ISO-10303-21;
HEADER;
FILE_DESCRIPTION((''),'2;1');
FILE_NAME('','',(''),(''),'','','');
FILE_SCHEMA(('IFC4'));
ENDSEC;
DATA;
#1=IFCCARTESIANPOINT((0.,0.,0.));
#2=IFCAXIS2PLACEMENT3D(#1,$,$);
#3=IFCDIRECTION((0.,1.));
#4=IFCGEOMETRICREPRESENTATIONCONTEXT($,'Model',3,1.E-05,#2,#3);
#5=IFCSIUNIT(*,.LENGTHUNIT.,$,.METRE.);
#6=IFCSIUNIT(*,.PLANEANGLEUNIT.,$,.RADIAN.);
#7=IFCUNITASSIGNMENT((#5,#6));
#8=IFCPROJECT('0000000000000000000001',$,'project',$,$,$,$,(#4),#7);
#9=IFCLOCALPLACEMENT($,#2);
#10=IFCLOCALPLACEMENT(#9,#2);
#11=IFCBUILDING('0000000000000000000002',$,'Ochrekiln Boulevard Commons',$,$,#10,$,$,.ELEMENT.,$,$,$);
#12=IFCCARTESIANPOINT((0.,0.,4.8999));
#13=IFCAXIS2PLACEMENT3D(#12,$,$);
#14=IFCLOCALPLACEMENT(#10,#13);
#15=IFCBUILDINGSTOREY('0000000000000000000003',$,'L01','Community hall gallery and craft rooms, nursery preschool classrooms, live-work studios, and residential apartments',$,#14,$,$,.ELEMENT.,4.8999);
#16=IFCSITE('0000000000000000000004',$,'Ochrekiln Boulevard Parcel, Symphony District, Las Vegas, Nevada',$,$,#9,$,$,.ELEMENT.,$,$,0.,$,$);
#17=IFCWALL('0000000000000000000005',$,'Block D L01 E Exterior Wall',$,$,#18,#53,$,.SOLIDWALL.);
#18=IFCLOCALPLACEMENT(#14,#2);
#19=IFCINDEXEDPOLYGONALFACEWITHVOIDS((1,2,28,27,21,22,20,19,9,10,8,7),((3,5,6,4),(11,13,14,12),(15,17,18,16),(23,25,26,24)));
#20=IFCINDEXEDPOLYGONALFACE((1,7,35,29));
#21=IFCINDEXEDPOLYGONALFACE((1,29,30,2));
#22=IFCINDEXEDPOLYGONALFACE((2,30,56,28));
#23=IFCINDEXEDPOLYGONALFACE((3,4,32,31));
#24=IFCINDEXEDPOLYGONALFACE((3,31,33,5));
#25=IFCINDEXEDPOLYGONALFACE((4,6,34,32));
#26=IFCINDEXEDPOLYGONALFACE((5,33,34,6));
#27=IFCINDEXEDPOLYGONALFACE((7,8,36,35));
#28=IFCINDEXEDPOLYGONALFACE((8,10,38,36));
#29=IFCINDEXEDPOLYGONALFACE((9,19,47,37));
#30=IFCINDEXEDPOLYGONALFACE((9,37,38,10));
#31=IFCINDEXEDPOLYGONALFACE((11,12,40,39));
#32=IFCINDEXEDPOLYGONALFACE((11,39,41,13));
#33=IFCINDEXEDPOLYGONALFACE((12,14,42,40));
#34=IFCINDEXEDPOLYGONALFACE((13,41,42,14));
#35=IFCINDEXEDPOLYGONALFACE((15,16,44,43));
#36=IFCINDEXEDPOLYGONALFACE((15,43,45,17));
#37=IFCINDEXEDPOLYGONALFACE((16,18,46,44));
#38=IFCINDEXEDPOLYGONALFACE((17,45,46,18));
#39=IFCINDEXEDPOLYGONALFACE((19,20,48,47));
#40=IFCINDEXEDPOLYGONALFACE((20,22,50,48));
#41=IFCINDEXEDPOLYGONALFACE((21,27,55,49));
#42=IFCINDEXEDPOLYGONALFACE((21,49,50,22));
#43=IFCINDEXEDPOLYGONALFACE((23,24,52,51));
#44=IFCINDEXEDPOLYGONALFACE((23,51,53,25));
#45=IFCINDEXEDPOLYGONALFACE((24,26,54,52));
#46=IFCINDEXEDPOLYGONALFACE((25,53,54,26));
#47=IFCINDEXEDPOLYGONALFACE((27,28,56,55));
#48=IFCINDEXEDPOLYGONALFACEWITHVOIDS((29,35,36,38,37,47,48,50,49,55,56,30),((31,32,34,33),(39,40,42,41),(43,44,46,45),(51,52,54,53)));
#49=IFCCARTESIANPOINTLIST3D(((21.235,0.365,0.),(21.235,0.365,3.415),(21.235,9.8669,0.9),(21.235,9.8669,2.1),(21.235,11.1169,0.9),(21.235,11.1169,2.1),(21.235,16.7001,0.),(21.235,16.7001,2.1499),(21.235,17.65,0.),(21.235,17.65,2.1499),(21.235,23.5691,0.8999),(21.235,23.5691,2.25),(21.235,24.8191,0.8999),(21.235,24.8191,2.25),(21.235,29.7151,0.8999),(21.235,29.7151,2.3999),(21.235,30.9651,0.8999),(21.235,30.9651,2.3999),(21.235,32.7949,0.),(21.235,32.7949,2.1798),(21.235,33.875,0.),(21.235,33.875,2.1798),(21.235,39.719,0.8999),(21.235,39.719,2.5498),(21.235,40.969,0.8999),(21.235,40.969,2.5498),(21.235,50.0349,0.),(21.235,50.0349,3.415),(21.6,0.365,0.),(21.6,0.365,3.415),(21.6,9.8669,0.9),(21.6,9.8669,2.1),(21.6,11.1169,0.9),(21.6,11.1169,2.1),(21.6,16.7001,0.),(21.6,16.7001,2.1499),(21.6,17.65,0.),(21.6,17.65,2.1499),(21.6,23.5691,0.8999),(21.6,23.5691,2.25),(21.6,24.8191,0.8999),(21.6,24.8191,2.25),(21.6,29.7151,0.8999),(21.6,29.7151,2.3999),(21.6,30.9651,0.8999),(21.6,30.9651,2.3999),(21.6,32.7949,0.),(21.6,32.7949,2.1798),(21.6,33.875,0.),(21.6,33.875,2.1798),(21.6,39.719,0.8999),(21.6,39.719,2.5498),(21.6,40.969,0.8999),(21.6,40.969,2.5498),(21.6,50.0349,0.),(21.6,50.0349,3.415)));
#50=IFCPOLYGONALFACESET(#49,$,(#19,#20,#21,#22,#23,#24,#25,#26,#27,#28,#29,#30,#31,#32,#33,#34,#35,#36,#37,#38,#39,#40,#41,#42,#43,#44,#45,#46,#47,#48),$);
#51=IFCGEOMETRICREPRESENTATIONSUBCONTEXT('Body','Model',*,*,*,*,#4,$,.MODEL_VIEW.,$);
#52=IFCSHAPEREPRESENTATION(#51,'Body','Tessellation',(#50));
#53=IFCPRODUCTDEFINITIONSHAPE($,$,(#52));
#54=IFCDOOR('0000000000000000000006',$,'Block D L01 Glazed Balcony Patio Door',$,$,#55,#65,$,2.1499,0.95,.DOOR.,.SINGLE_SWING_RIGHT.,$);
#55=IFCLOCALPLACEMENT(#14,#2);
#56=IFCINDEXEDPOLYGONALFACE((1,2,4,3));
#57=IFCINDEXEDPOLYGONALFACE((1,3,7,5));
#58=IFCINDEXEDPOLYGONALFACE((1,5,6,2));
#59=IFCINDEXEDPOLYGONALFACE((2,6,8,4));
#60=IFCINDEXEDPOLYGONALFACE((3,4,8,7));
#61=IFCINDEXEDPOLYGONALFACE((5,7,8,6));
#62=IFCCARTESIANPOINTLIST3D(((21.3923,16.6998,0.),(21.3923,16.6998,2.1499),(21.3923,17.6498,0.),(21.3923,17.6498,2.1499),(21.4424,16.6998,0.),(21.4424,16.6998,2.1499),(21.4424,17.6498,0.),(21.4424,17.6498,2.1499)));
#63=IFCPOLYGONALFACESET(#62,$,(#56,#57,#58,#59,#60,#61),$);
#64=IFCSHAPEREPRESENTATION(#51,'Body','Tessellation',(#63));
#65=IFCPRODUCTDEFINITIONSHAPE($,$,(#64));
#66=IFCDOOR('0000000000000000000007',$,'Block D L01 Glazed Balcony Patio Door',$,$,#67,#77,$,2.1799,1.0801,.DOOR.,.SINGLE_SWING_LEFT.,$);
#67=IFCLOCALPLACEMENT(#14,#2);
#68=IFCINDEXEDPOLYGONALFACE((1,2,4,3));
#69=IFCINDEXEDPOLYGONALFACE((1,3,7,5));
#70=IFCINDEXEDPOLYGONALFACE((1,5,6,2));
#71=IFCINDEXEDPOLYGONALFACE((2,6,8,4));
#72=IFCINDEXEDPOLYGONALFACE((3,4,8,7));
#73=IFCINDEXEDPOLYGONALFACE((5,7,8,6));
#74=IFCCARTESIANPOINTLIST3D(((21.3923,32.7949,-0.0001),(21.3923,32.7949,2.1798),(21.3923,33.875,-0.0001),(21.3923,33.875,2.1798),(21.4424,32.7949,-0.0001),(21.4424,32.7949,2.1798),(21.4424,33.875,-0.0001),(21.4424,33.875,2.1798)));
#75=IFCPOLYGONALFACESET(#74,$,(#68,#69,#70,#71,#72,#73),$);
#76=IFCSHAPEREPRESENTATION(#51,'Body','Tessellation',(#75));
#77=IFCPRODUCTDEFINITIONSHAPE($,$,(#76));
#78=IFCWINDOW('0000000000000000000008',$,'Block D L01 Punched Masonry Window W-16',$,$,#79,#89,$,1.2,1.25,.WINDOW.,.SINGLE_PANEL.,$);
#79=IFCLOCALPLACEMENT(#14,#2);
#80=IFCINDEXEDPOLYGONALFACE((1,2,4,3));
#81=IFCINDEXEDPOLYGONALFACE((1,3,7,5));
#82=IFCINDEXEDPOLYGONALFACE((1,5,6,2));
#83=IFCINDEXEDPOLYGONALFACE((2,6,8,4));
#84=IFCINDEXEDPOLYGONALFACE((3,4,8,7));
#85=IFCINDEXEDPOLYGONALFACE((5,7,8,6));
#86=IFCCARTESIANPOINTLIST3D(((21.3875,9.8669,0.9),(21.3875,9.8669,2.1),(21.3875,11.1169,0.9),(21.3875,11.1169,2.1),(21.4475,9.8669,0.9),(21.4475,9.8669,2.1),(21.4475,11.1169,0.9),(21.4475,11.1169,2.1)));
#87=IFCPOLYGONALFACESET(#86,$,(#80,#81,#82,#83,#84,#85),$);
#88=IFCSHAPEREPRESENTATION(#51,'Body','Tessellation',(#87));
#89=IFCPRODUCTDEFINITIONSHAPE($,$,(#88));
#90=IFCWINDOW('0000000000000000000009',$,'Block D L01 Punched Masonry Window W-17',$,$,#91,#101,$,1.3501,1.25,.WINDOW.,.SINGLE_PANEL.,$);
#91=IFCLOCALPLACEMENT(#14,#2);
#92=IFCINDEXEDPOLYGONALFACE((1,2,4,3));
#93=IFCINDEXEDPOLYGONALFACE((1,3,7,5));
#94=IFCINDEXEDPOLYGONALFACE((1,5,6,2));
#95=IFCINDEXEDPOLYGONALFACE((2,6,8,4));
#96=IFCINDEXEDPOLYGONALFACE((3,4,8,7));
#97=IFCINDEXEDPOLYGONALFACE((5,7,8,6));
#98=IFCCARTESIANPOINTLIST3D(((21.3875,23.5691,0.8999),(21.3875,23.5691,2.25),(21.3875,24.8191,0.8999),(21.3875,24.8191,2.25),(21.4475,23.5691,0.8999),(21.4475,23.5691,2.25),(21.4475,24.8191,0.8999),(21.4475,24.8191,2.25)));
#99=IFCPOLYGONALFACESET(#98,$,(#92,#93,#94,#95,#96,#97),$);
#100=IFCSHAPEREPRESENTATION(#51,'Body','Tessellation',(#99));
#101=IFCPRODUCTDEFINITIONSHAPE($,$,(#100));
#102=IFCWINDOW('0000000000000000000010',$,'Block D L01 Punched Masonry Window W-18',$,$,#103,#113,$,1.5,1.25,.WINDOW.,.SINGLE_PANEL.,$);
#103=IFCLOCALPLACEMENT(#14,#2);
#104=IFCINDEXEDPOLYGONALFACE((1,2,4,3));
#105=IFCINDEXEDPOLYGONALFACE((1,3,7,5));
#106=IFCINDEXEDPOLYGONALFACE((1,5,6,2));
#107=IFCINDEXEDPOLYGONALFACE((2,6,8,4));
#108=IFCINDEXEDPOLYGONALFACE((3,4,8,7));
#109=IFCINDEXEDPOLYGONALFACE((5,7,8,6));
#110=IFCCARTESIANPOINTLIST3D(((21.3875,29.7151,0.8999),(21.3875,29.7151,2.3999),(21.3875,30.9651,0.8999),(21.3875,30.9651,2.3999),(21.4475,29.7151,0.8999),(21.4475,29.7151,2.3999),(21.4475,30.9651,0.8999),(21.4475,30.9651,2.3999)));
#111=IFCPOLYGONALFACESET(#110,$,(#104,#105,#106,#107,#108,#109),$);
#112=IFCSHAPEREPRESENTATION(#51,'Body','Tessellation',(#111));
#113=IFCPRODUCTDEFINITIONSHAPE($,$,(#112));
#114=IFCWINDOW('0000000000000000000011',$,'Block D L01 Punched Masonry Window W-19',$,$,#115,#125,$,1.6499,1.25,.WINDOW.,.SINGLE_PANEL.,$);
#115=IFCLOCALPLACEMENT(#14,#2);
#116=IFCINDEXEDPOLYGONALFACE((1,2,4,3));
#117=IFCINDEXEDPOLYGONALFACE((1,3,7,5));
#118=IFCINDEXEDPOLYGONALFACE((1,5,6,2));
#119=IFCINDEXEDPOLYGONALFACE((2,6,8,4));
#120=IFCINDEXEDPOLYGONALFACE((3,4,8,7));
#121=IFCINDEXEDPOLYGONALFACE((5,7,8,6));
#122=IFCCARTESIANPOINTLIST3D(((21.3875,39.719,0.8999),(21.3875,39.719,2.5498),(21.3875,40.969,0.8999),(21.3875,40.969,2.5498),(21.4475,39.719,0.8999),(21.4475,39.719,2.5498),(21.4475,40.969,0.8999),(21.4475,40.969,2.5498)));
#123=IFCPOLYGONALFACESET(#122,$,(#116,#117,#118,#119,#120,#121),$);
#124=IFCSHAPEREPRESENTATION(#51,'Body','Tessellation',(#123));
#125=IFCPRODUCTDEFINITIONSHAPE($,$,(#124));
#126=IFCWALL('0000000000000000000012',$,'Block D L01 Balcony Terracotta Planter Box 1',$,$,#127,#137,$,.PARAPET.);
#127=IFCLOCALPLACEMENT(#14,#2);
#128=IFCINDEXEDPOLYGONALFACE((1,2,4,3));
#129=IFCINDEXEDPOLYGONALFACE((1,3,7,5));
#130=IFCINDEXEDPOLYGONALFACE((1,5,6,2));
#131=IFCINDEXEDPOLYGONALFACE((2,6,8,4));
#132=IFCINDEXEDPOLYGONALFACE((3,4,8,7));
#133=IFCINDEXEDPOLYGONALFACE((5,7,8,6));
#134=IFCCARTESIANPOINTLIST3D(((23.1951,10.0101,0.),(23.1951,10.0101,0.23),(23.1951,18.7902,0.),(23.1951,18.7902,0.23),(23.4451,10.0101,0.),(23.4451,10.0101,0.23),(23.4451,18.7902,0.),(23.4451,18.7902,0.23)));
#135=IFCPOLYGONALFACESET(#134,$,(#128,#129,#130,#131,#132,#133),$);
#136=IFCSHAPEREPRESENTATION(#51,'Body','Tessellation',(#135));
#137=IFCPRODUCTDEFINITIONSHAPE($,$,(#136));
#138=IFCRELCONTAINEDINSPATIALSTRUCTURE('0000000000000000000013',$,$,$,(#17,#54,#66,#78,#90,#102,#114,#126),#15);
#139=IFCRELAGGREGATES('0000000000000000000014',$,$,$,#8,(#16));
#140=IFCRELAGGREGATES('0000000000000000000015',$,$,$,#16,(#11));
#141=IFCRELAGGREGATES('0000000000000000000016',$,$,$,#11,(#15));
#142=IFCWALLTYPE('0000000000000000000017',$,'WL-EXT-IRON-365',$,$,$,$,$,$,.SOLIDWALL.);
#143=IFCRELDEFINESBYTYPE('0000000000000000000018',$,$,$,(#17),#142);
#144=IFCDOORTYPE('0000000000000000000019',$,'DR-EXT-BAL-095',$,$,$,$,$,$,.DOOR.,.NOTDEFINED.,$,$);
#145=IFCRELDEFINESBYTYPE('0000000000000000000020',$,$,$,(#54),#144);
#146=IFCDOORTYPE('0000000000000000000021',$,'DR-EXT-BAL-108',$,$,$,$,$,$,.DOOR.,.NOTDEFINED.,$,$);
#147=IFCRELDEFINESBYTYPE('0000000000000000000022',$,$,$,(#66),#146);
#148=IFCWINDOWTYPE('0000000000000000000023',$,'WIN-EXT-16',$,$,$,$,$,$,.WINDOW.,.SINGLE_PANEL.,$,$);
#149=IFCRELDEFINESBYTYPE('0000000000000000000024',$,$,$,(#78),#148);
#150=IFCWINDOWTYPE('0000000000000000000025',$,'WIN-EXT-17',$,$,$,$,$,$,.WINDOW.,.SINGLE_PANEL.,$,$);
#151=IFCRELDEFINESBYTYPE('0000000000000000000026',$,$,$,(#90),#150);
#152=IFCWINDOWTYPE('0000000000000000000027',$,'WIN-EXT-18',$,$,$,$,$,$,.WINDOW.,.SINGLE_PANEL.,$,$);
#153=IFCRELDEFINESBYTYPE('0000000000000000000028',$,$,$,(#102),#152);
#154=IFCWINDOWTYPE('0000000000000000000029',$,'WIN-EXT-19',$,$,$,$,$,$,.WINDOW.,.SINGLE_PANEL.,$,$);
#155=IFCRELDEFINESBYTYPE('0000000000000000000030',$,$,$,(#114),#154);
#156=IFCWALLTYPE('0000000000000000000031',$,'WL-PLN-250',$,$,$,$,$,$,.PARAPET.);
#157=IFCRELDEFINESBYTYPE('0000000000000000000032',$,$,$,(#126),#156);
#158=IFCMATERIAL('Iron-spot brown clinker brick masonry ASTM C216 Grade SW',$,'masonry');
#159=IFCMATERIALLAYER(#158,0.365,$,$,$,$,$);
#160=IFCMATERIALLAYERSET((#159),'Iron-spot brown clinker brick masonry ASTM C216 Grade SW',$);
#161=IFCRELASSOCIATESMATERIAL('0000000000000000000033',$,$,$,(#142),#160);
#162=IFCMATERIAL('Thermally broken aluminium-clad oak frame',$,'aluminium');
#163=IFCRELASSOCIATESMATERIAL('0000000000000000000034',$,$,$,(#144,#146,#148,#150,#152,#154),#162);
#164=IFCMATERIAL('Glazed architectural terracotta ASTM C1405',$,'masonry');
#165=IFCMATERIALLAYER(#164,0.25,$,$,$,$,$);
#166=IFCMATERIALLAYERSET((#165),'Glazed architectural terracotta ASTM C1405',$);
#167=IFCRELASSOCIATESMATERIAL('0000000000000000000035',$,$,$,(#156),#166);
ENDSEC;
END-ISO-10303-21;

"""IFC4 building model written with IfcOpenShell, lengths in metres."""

from ifc_helpers import new_model, si_unit, direction, frame, frame_2d, origin, place, context, subcontext, project, spatial, rectangle, extrude, material, layer, layer_set, type_object, element, fill, save


model = new_model("IFC4")

# Units and contexts
model_context = context("Model", 3, precision=1e-05, world=origin(), true_north=direction((0.0, 1.0)))
body_context = subcontext(model_context, "Body", "Model", "MODEL_VIEW")
ifc_project = project(units=[si_unit("LENGTHUNIT", "METRE"), si_unit("PLANEANGLEUNIT", "RADIAN")], contexts=[model_context])

# Site, building, storey
site_placement = place(None, origin())
site = spatial("IfcSite", under=ifc_project, at=site_placement, Name="Ochrekiln Boulevard Parcel, Symphony District, Las Vegas, Nevada", CompositionType="ELEMENT", RefElevation=0.0)
building_placement = place(site_placement, origin())
building = spatial("IfcBuilding", under=site, at=building_placement, Name="Ochrekiln Boulevard Commons", CompositionType="ELEMENT")
storey_placement = place(building_placement, frame((0.0, 0.0, 4.8999)))
storey = spatial("IfcBuildingStorey", under=building, at=storey_placement, Name="L01", Description="Community hall gallery and craft rooms, nursery preschool classrooms, live-work studios, and residential apartments", CompositionType="ELEMENT", Elevation=4.8999)

# Shared definitions
ifc_material_1 = material(Name="Thermally broken aluminium-clad oak frame", Category="aluminium")

# Wall, openings, doors, windows
ifc_material_2 = material(Name="Iron-spot brown clinker brick masonry ASTM C216 Grade SW", Category="masonry")
ifc_layer_1 = layer(ifc_material_2, 0.365)
ifc_layer_set_1 = layer_set([ifc_layer_1], Name="Iron-spot brown clinker brick masonry ASTM C216 Grade SW")
wall_type_1 = type_object("IfcWallType", Name="WL-EXT-IRON-365", PredefinedType="SOLIDWALL", material=ifc_layer_set_1)
wall_1_placement = place(storey_placement, frame((21.4175, 0.365, 0.0), z_axis=(0.0, 0.0, 1.0), x_axis=(0.0, 1.0, 0.0)))
wall_1 = element("IfcWall", 1, at=wall_1_placement, inside=storey, type_object=wall_type_1, Name="Block D L01 E Exterior Wall", PredefinedType="SOLIDWALL", context=body_context, shape_type="SweptSolid", body=[
    extrude(rectangle(XDim=49.6699, YDim=0.365, at=frame_2d((24.835, 0.0))), origin(), (0.0, 0.0, 1.0), 3.415),
])
opening_1_placement = place(wall_1_placement, frame((16.335, 0.0, 0.0)))
opening_1 = element("IfcOpeningElement", 2, at=opening_1_placement, cuts=wall_1, PredefinedType="OPENING", context=body_context, shape_type="SweptSolid", body=[
    extrude(rectangle(XDim=0.95, YDim=2.1499, at=frame_2d((0.4751, 1.075))), frame((0.0, 0.1924, 0.0), z_axis=(0.0, -1.0, 0.0), x_axis=(1.0, 0.0, 0.0)), (0.0, 0.0, 1.0), 0.385),
])
opening_2_placement = place(wall_1_placement, frame((9.502, 0.0, 0.8999)))
opening_2 = element("IfcOpeningElement", 3, at=opening_2_placement, cuts=wall_1, PredefinedType="OPENING", context=body_context, shape_type="SweptSolid", body=[
    extrude(rectangle(XDim=1.25, YDim=1.2, at=frame_2d((0.625, 0.6001))), frame((0.0, 0.1924, 0.0), z_axis=(0.0, -1.0, 0.0), x_axis=(1.0, 0.0, 0.0)), (0.0, 0.0, 1.0), 0.385),
])
opening_3_placement = place(wall_1_placement, frame((23.2041, 0.0, 0.8999)))
opening_3 = element("IfcOpeningElement", 4, at=opening_3_placement, cuts=wall_1, PredefinedType="OPENING", context=body_context, shape_type="SweptSolid", body=[
    extrude(rectangle(XDim=1.25, YDim=1.3501, at=frame_2d((0.625, 0.675))), frame((0.0, 0.1924, 0.0), z_axis=(0.0, -1.0, 0.0), x_axis=(1.0, 0.0, 0.0)), (0.0, 0.0, 1.0), 0.385),
])
opening_4_placement = place(wall_1_placement, frame((32.4299, 0.0, 0.0)))
opening_4 = element("IfcOpeningElement", 5, at=opening_4_placement, cuts=wall_1, PredefinedType="OPENING", context=body_context, shape_type="SweptSolid", body=[
    extrude(rectangle(XDim=1.0801, YDim=2.1799, at=frame_2d((0.54, 1.0898))), frame((0.0, 0.1924, 0.0), z_axis=(0.0, -1.0, 0.0), x_axis=(1.0, 0.0, 0.0)), (0.0, 0.0, 1.0), 0.385),
])
opening_5_placement = place(wall_1_placement, frame((29.3501, 0.0, 0.8999)))
opening_5 = element("IfcOpeningElement", 6, at=opening_5_placement, cuts=wall_1, PredefinedType="OPENING", context=body_context, shape_type="SweptSolid", body=[
    extrude(rectangle(XDim=1.25, YDim=1.5, at=frame_2d((0.625, 0.75))), frame((0.0, 0.1924, 0.0), z_axis=(0.0, -1.0, 0.0), x_axis=(1.0, 0.0, 0.0)), (0.0, 0.0, 1.0), 0.385),
])
opening_6_placement = place(wall_1_placement, frame((39.354, 0.0, 0.8999)))
opening_6 = element("IfcOpeningElement", 7, at=opening_6_placement, cuts=wall_1, PredefinedType="OPENING", context=body_context, shape_type="SweptSolid", body=[
    extrude(rectangle(XDim=1.25, YDim=1.6499, at=frame_2d((0.625, 0.825))), frame((0.0, 0.1924, 0.0), z_axis=(0.0, -1.0, 0.0), x_axis=(1.0, 0.0, 0.0)), (0.0, 0.0, 1.0), 0.385),
])
door_type_1 = type_object("IfcDoorType", Name="DR-EXT-BAL-095", OperationType="NOTDEFINED", PredefinedType="DOOR", material=ifc_material_1)
door_1_placement = place(opening_1_placement, frame((0.95, 0.0, 0.0), z_axis=(0.0, 0.0, 1.0), x_axis=(-1.0, 0.0, 0.0)))
door_1 = element("IfcDoor", 8, at=door_1_placement, inside=storey, type_object=door_type_1, Name="Block D L01 Glazed Balcony Patio Door", OperationType="SINGLE_SWING_RIGHT", OverallHeight=2.1499, OverallWidth=0.95, PredefinedType="DOOR", context=body_context, shape_type="SweptSolid", body=[
    extrude(rectangle(XDim=0.95, YDim=2.1499, at=frame_2d((0.4751, 1.075))), frame((0.0, 0.0249, 0.0), z_axis=(0.0, -1.0, 0.0), x_axis=(1.0, 0.0, 0.0)), (0.0, 0.0, 1.0), 0.05),
])
fill(opening_1, door_1)
door_type_2 = type_object("IfcDoorType", Name="DR-EXT-BAL-108", OperationType="NOTDEFINED", PredefinedType="DOOR", material=ifc_material_1)
door_2_placement = place(opening_4_placement, frame((1.0801, 0.0, 0.0), z_axis=(0.0, 0.0, 1.0), x_axis=(-1.0, 0.0, 0.0)))
door_2 = element("IfcDoor", 9, at=door_2_placement, inside=storey, type_object=door_type_2, Name="Block D L01 Glazed Balcony Patio Door", OperationType="SINGLE_SWING_LEFT", OverallHeight=2.1799, OverallWidth=1.0801, PredefinedType="DOOR", context=body_context, shape_type="SweptSolid", body=[
    extrude(rectangle(XDim=1.0801, YDim=2.1799, at=frame_2d((0.54, 1.0898))), frame((0.0, 0.0249, 0.0), z_axis=(0.0, -1.0, 0.0), x_axis=(1.0, 0.0, 0.0)), (0.0, 0.0, 1.0), 0.05),
])
fill(opening_4, door_2)
window_type_1 = type_object("IfcWindowType", Name="WIN-EXT-16", PartitioningType="SINGLE_PANEL", PredefinedType="WINDOW", material=ifc_material_1)
window_1_placement = place(opening_2_placement, origin())
window_1 = element("IfcWindow", 10, at=window_1_placement, inside=storey, type_object=window_type_1, Name="Block D L01 Punched Masonry Window W-16", OverallHeight=1.2, OverallWidth=1.25, PartitioningType="SINGLE_PANEL", PredefinedType="WINDOW", context=body_context, shape_type="SweptSolid", body=[
    extrude(rectangle(XDim=1.25, YDim=1.2, at=frame_2d((0.625, 0.6001))), frame((0.0, 0.03, 0.0), z_axis=(0.0, -1.0, 0.0), x_axis=(1.0, 0.0, 0.0)), (0.0, 0.0, 1.0), 0.0601),
])
fill(opening_2, window_1)
window_type_2 = type_object("IfcWindowType", Name="WIN-EXT-17", PartitioningType="SINGLE_PANEL", PredefinedType="WINDOW", material=ifc_material_1)
window_2_placement = place(opening_3_placement, origin())
window_2 = element("IfcWindow", 11, at=window_2_placement, inside=storey, type_object=window_type_2, Name="Block D L01 Punched Masonry Window W-17", OverallHeight=1.3501, OverallWidth=1.25, PartitioningType="SINGLE_PANEL", PredefinedType="WINDOW", context=body_context, shape_type="SweptSolid", body=[
    extrude(rectangle(XDim=1.25, YDim=1.3501, at=frame_2d((0.625, 0.675))), frame((0.0, 0.03, 0.0), z_axis=(0.0, -1.0, 0.0), x_axis=(1.0, 0.0, 0.0)), (0.0, 0.0, 1.0), 0.0601),
])
fill(opening_3, window_2)
window_type_3 = type_object("IfcWindowType", Name="WIN-EXT-18", PartitioningType="SINGLE_PANEL", PredefinedType="WINDOW", material=ifc_material_1)
window_3_placement = place(opening_5_placement, origin())
window_3 = element("IfcWindow", 12, at=window_3_placement, inside=storey, type_object=window_type_3, Name="Block D L01 Punched Masonry Window W-18", OverallHeight=1.5, OverallWidth=1.25, PartitioningType="SINGLE_PANEL", PredefinedType="WINDOW", context=body_context, shape_type="SweptSolid", body=[
    extrude(rectangle(XDim=1.25, YDim=1.5, at=frame_2d((0.625, 0.75))), frame((0.0, 0.03, 0.0), z_axis=(0.0, -1.0, 0.0), x_axis=(1.0, 0.0, 0.0)), (0.0, 0.0, 1.0), 0.0601),
])
fill(opening_5, window_3)
window_type_4 = type_object("IfcWindowType", Name="WIN-EXT-19", PartitioningType="SINGLE_PANEL", PredefinedType="WINDOW", material=ifc_material_1)
window_4_placement = place(opening_6_placement, origin())
window_4 = element("IfcWindow", 13, at=window_4_placement, inside=storey, type_object=window_type_4, Name="Block D L01 Punched Masonry Window W-19", OverallHeight=1.6499, OverallWidth=1.25, PartitioningType="SINGLE_PANEL", PredefinedType="WINDOW", context=body_context, shape_type="SweptSolid", body=[
    extrude(rectangle(XDim=1.25, YDim=1.6499, at=frame_2d((0.625, 0.825))), frame((0.0, 0.03, 0.0), z_axis=(0.0, -1.0, 0.0), x_axis=(1.0, 0.0, 0.0)), (0.0, 0.0, 1.0), 0.0601),
])
fill(opening_6, window_4)

# Wall
ifc_material_3 = material(Name="Glazed architectural terracotta ASTM C1405", Category="masonry")
ifc_layer_2 = layer(ifc_material_3, 0.25)
ifc_layer_set_2 = layer_set([ifc_layer_2], Name="Glazed architectural terracotta ASTM C1405")
wall_type_2 = type_object("IfcWallType", Name="WL-PLN-250", PredefinedType="PARAPET", material=ifc_layer_set_2)
wall_2_placement = place(storey_placement, frame((23.3201, 10.01, 0.0), z_axis=(0.0, 0.0, 1.0), x_axis=(0.0, 1.0, 0.0)))
element("IfcWall", 14, at=wall_2_placement, inside=storey, type_object=wall_type_2, Name="Block D L01 Balcony Terracotta Planter Box 1", PredefinedType="PARAPET", context=body_context, shape_type="SweptSolid", body=[
    extrude(rectangle(XDim=8.78, YDim=0.25, at=frame_2d((4.3901, 0.0))), origin(), (0.0, 0.0, 1.0), 0.23),
])

save(model, "model.ifc")
